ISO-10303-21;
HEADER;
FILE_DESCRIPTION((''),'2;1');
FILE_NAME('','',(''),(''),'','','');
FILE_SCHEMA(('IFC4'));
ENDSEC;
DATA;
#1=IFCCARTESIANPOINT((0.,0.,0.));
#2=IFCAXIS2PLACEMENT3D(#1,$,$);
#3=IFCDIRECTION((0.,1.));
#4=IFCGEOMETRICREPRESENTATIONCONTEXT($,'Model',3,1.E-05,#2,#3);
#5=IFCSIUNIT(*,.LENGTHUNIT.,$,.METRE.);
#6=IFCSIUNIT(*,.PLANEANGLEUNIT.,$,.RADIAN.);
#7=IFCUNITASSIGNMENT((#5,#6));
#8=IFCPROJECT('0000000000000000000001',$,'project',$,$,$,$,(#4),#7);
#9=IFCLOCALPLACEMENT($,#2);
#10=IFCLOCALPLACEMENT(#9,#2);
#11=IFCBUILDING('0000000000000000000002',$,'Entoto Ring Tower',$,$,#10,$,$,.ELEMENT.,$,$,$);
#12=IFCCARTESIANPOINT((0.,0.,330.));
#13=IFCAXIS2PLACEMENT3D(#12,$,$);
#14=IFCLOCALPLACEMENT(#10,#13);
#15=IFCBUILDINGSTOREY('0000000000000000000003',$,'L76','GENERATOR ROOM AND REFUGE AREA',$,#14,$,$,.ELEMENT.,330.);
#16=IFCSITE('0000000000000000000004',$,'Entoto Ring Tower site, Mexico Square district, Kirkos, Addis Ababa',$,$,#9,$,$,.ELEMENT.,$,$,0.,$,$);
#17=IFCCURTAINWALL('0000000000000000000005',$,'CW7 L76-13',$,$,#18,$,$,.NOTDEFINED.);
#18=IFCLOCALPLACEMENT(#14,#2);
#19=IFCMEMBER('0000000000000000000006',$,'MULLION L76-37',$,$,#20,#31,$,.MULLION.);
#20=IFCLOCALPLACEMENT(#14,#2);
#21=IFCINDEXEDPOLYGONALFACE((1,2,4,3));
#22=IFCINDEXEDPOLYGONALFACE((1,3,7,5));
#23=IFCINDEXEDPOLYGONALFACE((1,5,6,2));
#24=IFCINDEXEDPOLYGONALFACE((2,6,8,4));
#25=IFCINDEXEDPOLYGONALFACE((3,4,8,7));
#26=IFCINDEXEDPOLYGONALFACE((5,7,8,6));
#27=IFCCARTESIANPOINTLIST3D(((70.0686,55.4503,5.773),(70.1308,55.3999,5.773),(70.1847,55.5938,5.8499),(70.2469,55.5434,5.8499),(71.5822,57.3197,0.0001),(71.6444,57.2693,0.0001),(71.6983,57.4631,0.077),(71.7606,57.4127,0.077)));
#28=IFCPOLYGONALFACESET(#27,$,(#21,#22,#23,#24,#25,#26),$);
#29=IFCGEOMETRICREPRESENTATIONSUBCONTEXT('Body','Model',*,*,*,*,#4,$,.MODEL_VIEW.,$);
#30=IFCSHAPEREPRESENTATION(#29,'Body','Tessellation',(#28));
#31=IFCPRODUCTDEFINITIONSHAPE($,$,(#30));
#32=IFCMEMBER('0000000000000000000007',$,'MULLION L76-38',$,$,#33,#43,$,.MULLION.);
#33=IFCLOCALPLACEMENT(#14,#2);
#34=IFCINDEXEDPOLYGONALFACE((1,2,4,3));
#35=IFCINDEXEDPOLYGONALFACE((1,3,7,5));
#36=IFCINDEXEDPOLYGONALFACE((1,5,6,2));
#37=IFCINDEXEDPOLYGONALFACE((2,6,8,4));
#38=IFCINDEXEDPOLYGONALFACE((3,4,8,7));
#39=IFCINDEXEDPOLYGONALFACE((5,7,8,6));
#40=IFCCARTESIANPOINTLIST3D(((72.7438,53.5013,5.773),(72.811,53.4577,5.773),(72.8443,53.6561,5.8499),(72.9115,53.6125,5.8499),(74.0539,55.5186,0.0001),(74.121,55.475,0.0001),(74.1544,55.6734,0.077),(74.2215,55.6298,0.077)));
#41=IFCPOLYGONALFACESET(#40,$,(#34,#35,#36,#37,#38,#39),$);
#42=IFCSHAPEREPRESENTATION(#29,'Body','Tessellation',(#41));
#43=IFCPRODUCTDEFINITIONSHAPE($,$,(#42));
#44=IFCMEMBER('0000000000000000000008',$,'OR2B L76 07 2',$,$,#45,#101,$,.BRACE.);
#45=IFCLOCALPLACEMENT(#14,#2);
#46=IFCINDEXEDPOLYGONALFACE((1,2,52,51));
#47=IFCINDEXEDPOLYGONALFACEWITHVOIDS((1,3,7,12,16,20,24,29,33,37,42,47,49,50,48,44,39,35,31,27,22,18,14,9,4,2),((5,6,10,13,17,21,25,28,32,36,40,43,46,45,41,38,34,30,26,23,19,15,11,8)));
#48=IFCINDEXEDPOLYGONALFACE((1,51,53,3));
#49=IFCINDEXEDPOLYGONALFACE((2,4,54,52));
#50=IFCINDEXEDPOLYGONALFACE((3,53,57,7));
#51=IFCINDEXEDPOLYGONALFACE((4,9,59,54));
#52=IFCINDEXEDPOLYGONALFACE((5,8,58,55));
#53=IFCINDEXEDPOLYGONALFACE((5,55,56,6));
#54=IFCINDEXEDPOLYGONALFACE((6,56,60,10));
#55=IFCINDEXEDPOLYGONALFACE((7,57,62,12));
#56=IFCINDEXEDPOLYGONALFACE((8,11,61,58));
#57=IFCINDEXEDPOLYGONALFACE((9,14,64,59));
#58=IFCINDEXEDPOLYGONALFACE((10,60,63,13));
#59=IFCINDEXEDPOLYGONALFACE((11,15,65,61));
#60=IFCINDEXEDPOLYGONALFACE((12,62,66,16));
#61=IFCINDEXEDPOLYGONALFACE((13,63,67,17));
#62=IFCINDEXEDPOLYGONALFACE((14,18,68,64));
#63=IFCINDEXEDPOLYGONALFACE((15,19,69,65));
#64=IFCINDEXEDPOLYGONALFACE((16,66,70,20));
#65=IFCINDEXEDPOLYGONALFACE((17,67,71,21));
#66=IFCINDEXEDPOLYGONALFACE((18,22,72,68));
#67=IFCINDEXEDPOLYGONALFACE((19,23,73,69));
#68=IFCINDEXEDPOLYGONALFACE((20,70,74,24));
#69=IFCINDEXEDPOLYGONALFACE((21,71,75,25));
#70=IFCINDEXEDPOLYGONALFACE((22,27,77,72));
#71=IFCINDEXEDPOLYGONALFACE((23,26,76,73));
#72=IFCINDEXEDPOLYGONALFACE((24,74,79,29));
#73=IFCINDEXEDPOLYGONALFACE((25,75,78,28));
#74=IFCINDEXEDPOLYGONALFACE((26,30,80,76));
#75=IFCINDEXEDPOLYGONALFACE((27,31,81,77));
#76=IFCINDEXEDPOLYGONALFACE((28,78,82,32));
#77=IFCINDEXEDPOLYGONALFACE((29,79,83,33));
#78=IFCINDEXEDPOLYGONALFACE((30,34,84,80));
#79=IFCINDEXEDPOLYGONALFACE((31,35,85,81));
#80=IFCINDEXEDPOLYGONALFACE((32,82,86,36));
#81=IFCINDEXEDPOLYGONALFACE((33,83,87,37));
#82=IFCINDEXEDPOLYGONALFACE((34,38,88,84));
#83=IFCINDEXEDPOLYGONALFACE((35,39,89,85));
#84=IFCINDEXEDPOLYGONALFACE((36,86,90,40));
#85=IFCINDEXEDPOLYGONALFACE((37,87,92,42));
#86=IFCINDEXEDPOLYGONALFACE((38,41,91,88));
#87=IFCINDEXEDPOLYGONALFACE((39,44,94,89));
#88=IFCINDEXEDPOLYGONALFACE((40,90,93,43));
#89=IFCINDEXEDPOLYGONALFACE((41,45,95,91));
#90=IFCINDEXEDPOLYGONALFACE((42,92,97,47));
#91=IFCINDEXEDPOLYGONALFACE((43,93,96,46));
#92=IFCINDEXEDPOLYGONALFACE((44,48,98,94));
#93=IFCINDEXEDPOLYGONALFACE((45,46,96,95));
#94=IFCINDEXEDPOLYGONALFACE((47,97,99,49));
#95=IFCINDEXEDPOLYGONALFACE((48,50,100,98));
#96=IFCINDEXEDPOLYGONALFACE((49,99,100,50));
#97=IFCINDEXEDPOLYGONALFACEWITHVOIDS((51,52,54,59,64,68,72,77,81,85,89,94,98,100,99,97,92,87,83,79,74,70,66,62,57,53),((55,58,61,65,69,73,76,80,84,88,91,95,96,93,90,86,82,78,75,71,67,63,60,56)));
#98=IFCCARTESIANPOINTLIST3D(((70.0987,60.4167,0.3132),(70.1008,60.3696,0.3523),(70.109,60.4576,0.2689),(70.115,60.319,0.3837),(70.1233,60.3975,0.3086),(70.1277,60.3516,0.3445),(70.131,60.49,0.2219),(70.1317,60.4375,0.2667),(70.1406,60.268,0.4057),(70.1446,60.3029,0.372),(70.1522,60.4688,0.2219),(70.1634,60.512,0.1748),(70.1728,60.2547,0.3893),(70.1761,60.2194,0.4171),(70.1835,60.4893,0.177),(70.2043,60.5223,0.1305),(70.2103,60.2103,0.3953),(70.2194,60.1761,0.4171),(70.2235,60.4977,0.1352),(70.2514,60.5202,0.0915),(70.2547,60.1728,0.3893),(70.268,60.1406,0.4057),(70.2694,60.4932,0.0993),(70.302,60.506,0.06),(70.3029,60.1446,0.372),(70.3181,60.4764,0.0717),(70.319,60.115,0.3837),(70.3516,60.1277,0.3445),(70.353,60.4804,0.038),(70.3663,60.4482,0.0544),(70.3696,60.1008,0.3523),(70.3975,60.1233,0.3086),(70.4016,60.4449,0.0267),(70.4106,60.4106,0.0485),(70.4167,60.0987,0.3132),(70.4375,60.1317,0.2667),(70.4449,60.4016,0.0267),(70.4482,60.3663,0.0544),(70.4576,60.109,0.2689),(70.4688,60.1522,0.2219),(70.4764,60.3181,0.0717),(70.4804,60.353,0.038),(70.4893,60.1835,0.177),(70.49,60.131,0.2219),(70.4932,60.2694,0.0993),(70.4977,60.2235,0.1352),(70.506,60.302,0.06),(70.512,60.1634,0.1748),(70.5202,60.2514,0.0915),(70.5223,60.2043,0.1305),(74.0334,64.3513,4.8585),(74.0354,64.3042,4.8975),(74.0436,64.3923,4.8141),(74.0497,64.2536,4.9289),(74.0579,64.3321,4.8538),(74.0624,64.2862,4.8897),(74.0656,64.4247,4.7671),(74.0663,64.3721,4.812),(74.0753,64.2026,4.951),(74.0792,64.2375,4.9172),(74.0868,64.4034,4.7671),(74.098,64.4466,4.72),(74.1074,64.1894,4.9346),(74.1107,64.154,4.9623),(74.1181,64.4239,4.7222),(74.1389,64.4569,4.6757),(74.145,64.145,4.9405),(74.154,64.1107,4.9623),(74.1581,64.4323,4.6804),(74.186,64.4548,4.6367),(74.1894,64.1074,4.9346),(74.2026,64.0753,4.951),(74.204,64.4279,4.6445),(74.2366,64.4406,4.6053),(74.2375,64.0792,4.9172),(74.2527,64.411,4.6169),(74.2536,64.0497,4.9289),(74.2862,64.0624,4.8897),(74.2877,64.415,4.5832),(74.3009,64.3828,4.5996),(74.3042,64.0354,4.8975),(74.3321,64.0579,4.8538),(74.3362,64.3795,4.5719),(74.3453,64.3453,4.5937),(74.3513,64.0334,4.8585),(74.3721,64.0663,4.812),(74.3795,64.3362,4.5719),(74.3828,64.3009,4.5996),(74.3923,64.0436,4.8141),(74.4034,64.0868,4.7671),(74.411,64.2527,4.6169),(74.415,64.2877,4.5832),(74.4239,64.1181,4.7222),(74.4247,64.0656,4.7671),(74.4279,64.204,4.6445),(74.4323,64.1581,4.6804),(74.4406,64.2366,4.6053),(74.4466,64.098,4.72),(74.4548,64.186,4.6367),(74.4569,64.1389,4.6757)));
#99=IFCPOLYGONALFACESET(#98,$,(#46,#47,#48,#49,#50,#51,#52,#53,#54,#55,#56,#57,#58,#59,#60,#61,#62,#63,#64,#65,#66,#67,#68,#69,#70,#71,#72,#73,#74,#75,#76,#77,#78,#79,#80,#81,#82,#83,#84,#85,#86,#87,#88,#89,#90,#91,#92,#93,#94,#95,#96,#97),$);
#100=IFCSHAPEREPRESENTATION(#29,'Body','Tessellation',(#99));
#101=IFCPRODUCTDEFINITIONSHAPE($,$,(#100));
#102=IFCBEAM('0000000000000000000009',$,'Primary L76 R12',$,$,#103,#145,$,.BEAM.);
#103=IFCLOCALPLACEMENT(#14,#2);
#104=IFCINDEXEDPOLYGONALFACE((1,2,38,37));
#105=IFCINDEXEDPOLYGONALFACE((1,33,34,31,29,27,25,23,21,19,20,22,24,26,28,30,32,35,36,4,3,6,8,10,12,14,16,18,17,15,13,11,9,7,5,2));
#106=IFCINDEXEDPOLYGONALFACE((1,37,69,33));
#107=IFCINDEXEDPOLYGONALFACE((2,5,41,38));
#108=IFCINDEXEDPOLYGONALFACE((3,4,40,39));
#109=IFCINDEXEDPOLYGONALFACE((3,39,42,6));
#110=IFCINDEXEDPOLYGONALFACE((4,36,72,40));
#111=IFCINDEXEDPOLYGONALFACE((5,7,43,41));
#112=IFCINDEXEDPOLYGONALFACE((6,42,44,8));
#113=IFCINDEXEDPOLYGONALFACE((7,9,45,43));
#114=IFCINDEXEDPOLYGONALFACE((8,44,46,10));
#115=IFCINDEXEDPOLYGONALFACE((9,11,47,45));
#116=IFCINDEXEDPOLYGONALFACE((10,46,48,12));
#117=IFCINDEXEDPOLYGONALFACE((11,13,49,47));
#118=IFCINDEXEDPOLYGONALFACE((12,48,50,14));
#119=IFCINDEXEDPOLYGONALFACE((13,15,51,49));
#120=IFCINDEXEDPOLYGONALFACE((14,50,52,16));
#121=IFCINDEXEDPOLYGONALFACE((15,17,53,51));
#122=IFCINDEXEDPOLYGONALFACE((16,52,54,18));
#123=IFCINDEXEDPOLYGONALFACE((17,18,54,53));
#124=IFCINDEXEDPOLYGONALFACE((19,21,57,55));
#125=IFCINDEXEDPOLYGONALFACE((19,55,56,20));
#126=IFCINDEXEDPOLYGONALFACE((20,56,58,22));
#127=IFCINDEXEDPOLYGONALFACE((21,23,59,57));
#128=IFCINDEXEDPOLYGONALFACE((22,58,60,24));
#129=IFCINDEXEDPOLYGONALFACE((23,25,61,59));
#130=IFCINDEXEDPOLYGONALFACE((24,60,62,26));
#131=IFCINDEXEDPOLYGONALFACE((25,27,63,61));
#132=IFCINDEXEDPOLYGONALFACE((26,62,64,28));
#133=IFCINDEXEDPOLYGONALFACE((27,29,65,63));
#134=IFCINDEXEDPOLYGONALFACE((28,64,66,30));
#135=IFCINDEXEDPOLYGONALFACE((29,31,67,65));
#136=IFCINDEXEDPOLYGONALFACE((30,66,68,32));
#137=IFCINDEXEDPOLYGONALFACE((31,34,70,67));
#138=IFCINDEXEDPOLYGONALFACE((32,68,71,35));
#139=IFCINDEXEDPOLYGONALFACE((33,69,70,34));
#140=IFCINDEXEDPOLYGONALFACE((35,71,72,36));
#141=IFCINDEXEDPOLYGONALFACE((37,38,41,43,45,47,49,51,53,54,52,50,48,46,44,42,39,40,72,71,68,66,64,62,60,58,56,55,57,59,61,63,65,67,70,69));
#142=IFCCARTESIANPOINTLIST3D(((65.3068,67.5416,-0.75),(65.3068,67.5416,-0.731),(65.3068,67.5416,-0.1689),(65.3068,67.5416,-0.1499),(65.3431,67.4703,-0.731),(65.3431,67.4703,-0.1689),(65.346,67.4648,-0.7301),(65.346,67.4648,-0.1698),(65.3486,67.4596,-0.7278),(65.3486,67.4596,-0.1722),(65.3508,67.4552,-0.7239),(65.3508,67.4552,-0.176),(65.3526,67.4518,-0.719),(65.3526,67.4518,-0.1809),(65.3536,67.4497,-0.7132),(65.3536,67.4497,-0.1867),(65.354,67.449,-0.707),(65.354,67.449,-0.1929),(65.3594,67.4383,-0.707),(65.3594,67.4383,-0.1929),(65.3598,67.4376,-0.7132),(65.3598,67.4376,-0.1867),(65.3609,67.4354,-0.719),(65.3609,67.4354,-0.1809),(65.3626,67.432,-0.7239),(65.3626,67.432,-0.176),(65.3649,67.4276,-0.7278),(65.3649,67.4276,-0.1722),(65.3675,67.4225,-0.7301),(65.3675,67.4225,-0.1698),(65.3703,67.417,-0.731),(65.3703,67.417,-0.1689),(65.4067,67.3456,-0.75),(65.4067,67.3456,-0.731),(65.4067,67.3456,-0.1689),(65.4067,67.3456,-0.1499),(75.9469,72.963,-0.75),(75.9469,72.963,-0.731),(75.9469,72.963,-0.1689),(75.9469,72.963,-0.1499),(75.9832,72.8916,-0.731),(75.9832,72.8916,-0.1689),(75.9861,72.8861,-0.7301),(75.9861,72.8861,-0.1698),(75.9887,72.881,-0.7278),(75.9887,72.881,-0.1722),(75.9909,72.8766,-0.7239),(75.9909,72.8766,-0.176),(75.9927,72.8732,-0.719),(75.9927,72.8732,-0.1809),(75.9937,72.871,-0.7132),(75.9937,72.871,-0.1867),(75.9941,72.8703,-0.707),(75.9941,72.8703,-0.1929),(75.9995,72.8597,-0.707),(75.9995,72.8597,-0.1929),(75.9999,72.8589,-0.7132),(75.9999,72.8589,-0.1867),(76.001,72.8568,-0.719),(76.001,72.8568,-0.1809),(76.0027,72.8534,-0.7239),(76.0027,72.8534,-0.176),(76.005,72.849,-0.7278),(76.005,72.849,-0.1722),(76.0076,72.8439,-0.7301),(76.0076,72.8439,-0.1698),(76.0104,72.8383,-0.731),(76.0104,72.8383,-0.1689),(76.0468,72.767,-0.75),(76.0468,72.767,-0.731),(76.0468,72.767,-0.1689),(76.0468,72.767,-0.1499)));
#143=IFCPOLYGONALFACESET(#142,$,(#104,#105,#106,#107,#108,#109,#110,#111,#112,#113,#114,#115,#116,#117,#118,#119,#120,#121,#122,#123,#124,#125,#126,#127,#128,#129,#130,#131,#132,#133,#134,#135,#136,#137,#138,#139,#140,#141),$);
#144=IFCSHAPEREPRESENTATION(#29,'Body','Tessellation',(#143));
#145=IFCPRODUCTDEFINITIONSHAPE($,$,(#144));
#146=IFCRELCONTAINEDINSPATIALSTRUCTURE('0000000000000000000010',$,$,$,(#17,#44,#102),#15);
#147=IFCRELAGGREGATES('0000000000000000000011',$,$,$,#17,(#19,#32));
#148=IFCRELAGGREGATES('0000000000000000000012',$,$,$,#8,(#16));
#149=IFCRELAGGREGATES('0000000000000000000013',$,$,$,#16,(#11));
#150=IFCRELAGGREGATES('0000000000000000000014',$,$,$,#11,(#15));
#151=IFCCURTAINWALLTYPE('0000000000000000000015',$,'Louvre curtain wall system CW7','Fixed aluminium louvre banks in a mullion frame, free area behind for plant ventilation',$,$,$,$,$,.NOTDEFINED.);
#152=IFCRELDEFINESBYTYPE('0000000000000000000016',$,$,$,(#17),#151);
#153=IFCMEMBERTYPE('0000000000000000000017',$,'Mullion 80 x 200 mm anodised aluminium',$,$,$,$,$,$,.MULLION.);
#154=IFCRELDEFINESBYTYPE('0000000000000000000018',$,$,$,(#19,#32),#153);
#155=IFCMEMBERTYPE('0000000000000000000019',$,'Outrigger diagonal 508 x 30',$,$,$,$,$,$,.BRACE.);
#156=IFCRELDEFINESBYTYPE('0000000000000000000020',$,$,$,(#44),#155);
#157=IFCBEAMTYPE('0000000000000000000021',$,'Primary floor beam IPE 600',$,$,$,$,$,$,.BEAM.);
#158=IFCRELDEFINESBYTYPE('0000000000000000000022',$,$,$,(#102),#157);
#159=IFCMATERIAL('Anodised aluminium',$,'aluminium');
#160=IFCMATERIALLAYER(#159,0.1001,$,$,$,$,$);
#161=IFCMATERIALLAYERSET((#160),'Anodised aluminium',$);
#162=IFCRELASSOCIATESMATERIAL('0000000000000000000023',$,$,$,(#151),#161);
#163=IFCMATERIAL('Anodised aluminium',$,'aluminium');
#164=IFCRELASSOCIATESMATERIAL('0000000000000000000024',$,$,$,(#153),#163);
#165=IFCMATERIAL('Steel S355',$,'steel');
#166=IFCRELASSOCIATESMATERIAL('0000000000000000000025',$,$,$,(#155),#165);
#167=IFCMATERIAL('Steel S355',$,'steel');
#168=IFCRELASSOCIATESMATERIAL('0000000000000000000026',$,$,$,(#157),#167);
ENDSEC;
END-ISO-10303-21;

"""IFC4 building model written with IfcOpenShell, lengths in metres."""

from ifc_helpers import new_model, si_unit, direction, frame, origin, origin_2d, place, context, subcontext, project, spatial, rectangle, circle, hollow_circle, i_section, extrude, material, layer, layer_set, material_profile, profile_set, type_object, element, aggregate, save


model = new_model("IFC4")

# Units and contexts
model_context = context("Model", 3, precision=1e-05, world=origin(), true_north=direction((0.0, 1.0)))
body_context = subcontext(model_context, "Body", "Model", "MODEL_VIEW")
ifc_project = project(units=[si_unit("LENGTHUNIT", "METRE"), si_unit("PLANEANGLEUNIT", "RADIAN")], contexts=[model_context])

# Site, building, storey
site_placement = place(None, origin())
site = spatial("IfcSite", under=ifc_project, at=site_placement, Name="Entoto Ring Tower site, Mexico Square district, Kirkos, Addis Ababa", CompositionType="ELEMENT", RefElevation=0.0)
building_placement = place(site_placement, origin())
building = spatial("IfcBuilding", under=site, at=building_placement, Name="Entoto Ring Tower", CompositionType="ELEMENT")
storey_placement = place(building_placement, frame((0.0, 0.0, 330.0)))
storey = spatial("IfcBuildingStorey", under=building, at=storey_placement, Name="L76", Description="GENERATOR ROOM AND REFUGE AREA", CompositionType="ELEMENT", Elevation=330.0)

# Curtain wall, members
ifc_material_1 = material(Name="Anodised aluminium", Category="aluminium")
ifc_layer_1 = layer(ifc_material_1, 0.1001)
ifc_layer_set_1 = layer_set([ifc_layer_1], Name="Anodised aluminium")
curtain_wall_type = type_object("IfcCurtainWallType", Name="Louvre curtain wall system CW7", Description="Fixed aluminium louvre banks in a mullion frame, free area behind for plant ventilation", PredefinedType="NOTDEFINED", material=ifc_layer_set_1)
ifc_material_2 = material(Name="Anodised aluminium", Category="aluminium")
ifc_material_profile_1 = material_profile(ifc_material_2, rectangle(XDim=0.0801, YDim=0.2, at=origin_2d()), Name="Mullion 80 x 200 mm anodised aluminium")
ifc_profile_set_1 = profile_set([ifc_material_profile_1], Name="Anodised aluminium")
member_type_1 = type_object("IfcMemberType", Name="Mullion 80 x 200 mm anodised aluminium", PredefinedType="MULLION", material=ifc_profile_set_1)
curtain_wall_1_placement = place(storey_placement, origin())
curtain_wall_1 = element("IfcCurtainWall", 1, at=curtain_wall_1_placement, inside=storey, type_object=curtain_wall_type, Name="CW7 L76-13", PredefinedType="NOTDEFINED")
member_1_placement = place(storey_placement, frame((71.6714, 57.3662, 0.0386), z_axis=(-0.242032, -0.298909, 0.923078), x_axis=(0.777172, -0.629289, 0.0)))
member_1 = element("IfcMember", 2, at=member_1_placement, type_object=member_type_1, Name="MULLION L76-37", PredefinedType="MULLION", context=body_context, shape_type="SweptSolid", body=[
    extrude(rectangle(XDim=0.0801, YDim=0.2, at=origin_2d()), origin(), (0.0, 0.0, 1.0), 6.2539),
])
member_2_placement = place(storey_placement, frame((74.1377, 55.5742, 0.0386), z_axis=(-0.209474, -0.322566, 0.923077), x_axis=(0.838673, -0.544635, 0.0)))
member_2 = element("IfcMember", 3, at=member_2_placement, type_object=member_type_1, Name="MULLION L76-38", PredefinedType="MULLION", context=body_context, shape_type="SweptSolid", body=[
    extrude(rectangle(XDim=0.0801, YDim=0.2, at=origin_2d()), origin(), (0.0, 0.0, 1.0), 6.2539),
])
aggregate(curtain_wall_1, [member_1, member_2])

# Member
ifc_material_3 = material(Name="Steel S355", Category="steel")
ifc_material_profile_2 = material_profile(ifc_material_3, hollow_circle(Radius=0.2539, WallThickness=0.03, at=origin_2d()), Name="CHS 508 x 30")
ifc_material_4 = material(Name="Concrete C60/75", Category="concrete")
ifc_material_profile_3 = material_profile(ifc_material_4, circle(Radius=0.2241, at=origin_2d()), Name="Concrete C60/75 infill")
ifc_profile_set_2 = profile_set([ifc_material_profile_2, ifc_material_profile_3], Name="Steel S355")
member_type_2 = type_object("IfcMemberType", Name="Outrigger diagonal 508 x 30", PredefinedType="BRACE", material=ifc_profile_set_2)
member_3_placement = place(storey_placement, frame((74.2451, 64.2451, 4.7671), z_axis=(-0.54763, -0.54763, -0.632615), x_axis=(0.707107, -0.707107, 0.0)))
element("IfcMember", 4, at=member_3_placement, inside=storey, type_object=member_type_2, Name="OR2B L76 07 2", PredefinedType="BRACE", context=body_context, shape_type="SweptSolid", body=[
    extrude(hollow_circle(Radius=0.2539, WallThickness=0.03, at=origin_2d()), origin(), (0.0, 0.0, 1.0), 7.1848),
])

# Beam
ifc_material_5 = material(Name="Steel S355", Category="steel")
ifc_material_profile_4 = material_profile(ifc_material_5, i_section(OverallWidth=0.22, OverallDepth=0.6001, WebThickness=0.012, FlangeThickness=0.019, FilletRadius=0.0239, at=origin_2d()), Name="IPE 600")
ifc_profile_set_3 = profile_set([ifc_material_profile_4], Name="Steel S355")
beam_type_1 = type_object("IfcBeamType", Name="Primary floor beam IPE 600", PredefinedType="BEAM", material=ifc_profile_set_3)
beam_1_placement = place(storey_placement, frame((75.9968, 72.865, -0.45), z_axis=(-0.891008, -0.453988, 0.0), x_axis=(0.453988, -0.891008, 0.0)))
element("IfcBeam", 5, at=beam_1_placement, inside=storey, type_object=beam_type_1, Name="Primary L76 R12", PredefinedType="BEAM", context=body_context, shape_type="SweptSolid", body=[
    extrude(i_section(OverallWidth=0.22, OverallDepth=0.6001, WebThickness=0.012, FlangeThickness=0.019, FilletRadius=0.0239, at=origin_2d()), origin(), (0.0, 0.0, 1.0), 11.9417),
])

save(model, "model.ifc")
